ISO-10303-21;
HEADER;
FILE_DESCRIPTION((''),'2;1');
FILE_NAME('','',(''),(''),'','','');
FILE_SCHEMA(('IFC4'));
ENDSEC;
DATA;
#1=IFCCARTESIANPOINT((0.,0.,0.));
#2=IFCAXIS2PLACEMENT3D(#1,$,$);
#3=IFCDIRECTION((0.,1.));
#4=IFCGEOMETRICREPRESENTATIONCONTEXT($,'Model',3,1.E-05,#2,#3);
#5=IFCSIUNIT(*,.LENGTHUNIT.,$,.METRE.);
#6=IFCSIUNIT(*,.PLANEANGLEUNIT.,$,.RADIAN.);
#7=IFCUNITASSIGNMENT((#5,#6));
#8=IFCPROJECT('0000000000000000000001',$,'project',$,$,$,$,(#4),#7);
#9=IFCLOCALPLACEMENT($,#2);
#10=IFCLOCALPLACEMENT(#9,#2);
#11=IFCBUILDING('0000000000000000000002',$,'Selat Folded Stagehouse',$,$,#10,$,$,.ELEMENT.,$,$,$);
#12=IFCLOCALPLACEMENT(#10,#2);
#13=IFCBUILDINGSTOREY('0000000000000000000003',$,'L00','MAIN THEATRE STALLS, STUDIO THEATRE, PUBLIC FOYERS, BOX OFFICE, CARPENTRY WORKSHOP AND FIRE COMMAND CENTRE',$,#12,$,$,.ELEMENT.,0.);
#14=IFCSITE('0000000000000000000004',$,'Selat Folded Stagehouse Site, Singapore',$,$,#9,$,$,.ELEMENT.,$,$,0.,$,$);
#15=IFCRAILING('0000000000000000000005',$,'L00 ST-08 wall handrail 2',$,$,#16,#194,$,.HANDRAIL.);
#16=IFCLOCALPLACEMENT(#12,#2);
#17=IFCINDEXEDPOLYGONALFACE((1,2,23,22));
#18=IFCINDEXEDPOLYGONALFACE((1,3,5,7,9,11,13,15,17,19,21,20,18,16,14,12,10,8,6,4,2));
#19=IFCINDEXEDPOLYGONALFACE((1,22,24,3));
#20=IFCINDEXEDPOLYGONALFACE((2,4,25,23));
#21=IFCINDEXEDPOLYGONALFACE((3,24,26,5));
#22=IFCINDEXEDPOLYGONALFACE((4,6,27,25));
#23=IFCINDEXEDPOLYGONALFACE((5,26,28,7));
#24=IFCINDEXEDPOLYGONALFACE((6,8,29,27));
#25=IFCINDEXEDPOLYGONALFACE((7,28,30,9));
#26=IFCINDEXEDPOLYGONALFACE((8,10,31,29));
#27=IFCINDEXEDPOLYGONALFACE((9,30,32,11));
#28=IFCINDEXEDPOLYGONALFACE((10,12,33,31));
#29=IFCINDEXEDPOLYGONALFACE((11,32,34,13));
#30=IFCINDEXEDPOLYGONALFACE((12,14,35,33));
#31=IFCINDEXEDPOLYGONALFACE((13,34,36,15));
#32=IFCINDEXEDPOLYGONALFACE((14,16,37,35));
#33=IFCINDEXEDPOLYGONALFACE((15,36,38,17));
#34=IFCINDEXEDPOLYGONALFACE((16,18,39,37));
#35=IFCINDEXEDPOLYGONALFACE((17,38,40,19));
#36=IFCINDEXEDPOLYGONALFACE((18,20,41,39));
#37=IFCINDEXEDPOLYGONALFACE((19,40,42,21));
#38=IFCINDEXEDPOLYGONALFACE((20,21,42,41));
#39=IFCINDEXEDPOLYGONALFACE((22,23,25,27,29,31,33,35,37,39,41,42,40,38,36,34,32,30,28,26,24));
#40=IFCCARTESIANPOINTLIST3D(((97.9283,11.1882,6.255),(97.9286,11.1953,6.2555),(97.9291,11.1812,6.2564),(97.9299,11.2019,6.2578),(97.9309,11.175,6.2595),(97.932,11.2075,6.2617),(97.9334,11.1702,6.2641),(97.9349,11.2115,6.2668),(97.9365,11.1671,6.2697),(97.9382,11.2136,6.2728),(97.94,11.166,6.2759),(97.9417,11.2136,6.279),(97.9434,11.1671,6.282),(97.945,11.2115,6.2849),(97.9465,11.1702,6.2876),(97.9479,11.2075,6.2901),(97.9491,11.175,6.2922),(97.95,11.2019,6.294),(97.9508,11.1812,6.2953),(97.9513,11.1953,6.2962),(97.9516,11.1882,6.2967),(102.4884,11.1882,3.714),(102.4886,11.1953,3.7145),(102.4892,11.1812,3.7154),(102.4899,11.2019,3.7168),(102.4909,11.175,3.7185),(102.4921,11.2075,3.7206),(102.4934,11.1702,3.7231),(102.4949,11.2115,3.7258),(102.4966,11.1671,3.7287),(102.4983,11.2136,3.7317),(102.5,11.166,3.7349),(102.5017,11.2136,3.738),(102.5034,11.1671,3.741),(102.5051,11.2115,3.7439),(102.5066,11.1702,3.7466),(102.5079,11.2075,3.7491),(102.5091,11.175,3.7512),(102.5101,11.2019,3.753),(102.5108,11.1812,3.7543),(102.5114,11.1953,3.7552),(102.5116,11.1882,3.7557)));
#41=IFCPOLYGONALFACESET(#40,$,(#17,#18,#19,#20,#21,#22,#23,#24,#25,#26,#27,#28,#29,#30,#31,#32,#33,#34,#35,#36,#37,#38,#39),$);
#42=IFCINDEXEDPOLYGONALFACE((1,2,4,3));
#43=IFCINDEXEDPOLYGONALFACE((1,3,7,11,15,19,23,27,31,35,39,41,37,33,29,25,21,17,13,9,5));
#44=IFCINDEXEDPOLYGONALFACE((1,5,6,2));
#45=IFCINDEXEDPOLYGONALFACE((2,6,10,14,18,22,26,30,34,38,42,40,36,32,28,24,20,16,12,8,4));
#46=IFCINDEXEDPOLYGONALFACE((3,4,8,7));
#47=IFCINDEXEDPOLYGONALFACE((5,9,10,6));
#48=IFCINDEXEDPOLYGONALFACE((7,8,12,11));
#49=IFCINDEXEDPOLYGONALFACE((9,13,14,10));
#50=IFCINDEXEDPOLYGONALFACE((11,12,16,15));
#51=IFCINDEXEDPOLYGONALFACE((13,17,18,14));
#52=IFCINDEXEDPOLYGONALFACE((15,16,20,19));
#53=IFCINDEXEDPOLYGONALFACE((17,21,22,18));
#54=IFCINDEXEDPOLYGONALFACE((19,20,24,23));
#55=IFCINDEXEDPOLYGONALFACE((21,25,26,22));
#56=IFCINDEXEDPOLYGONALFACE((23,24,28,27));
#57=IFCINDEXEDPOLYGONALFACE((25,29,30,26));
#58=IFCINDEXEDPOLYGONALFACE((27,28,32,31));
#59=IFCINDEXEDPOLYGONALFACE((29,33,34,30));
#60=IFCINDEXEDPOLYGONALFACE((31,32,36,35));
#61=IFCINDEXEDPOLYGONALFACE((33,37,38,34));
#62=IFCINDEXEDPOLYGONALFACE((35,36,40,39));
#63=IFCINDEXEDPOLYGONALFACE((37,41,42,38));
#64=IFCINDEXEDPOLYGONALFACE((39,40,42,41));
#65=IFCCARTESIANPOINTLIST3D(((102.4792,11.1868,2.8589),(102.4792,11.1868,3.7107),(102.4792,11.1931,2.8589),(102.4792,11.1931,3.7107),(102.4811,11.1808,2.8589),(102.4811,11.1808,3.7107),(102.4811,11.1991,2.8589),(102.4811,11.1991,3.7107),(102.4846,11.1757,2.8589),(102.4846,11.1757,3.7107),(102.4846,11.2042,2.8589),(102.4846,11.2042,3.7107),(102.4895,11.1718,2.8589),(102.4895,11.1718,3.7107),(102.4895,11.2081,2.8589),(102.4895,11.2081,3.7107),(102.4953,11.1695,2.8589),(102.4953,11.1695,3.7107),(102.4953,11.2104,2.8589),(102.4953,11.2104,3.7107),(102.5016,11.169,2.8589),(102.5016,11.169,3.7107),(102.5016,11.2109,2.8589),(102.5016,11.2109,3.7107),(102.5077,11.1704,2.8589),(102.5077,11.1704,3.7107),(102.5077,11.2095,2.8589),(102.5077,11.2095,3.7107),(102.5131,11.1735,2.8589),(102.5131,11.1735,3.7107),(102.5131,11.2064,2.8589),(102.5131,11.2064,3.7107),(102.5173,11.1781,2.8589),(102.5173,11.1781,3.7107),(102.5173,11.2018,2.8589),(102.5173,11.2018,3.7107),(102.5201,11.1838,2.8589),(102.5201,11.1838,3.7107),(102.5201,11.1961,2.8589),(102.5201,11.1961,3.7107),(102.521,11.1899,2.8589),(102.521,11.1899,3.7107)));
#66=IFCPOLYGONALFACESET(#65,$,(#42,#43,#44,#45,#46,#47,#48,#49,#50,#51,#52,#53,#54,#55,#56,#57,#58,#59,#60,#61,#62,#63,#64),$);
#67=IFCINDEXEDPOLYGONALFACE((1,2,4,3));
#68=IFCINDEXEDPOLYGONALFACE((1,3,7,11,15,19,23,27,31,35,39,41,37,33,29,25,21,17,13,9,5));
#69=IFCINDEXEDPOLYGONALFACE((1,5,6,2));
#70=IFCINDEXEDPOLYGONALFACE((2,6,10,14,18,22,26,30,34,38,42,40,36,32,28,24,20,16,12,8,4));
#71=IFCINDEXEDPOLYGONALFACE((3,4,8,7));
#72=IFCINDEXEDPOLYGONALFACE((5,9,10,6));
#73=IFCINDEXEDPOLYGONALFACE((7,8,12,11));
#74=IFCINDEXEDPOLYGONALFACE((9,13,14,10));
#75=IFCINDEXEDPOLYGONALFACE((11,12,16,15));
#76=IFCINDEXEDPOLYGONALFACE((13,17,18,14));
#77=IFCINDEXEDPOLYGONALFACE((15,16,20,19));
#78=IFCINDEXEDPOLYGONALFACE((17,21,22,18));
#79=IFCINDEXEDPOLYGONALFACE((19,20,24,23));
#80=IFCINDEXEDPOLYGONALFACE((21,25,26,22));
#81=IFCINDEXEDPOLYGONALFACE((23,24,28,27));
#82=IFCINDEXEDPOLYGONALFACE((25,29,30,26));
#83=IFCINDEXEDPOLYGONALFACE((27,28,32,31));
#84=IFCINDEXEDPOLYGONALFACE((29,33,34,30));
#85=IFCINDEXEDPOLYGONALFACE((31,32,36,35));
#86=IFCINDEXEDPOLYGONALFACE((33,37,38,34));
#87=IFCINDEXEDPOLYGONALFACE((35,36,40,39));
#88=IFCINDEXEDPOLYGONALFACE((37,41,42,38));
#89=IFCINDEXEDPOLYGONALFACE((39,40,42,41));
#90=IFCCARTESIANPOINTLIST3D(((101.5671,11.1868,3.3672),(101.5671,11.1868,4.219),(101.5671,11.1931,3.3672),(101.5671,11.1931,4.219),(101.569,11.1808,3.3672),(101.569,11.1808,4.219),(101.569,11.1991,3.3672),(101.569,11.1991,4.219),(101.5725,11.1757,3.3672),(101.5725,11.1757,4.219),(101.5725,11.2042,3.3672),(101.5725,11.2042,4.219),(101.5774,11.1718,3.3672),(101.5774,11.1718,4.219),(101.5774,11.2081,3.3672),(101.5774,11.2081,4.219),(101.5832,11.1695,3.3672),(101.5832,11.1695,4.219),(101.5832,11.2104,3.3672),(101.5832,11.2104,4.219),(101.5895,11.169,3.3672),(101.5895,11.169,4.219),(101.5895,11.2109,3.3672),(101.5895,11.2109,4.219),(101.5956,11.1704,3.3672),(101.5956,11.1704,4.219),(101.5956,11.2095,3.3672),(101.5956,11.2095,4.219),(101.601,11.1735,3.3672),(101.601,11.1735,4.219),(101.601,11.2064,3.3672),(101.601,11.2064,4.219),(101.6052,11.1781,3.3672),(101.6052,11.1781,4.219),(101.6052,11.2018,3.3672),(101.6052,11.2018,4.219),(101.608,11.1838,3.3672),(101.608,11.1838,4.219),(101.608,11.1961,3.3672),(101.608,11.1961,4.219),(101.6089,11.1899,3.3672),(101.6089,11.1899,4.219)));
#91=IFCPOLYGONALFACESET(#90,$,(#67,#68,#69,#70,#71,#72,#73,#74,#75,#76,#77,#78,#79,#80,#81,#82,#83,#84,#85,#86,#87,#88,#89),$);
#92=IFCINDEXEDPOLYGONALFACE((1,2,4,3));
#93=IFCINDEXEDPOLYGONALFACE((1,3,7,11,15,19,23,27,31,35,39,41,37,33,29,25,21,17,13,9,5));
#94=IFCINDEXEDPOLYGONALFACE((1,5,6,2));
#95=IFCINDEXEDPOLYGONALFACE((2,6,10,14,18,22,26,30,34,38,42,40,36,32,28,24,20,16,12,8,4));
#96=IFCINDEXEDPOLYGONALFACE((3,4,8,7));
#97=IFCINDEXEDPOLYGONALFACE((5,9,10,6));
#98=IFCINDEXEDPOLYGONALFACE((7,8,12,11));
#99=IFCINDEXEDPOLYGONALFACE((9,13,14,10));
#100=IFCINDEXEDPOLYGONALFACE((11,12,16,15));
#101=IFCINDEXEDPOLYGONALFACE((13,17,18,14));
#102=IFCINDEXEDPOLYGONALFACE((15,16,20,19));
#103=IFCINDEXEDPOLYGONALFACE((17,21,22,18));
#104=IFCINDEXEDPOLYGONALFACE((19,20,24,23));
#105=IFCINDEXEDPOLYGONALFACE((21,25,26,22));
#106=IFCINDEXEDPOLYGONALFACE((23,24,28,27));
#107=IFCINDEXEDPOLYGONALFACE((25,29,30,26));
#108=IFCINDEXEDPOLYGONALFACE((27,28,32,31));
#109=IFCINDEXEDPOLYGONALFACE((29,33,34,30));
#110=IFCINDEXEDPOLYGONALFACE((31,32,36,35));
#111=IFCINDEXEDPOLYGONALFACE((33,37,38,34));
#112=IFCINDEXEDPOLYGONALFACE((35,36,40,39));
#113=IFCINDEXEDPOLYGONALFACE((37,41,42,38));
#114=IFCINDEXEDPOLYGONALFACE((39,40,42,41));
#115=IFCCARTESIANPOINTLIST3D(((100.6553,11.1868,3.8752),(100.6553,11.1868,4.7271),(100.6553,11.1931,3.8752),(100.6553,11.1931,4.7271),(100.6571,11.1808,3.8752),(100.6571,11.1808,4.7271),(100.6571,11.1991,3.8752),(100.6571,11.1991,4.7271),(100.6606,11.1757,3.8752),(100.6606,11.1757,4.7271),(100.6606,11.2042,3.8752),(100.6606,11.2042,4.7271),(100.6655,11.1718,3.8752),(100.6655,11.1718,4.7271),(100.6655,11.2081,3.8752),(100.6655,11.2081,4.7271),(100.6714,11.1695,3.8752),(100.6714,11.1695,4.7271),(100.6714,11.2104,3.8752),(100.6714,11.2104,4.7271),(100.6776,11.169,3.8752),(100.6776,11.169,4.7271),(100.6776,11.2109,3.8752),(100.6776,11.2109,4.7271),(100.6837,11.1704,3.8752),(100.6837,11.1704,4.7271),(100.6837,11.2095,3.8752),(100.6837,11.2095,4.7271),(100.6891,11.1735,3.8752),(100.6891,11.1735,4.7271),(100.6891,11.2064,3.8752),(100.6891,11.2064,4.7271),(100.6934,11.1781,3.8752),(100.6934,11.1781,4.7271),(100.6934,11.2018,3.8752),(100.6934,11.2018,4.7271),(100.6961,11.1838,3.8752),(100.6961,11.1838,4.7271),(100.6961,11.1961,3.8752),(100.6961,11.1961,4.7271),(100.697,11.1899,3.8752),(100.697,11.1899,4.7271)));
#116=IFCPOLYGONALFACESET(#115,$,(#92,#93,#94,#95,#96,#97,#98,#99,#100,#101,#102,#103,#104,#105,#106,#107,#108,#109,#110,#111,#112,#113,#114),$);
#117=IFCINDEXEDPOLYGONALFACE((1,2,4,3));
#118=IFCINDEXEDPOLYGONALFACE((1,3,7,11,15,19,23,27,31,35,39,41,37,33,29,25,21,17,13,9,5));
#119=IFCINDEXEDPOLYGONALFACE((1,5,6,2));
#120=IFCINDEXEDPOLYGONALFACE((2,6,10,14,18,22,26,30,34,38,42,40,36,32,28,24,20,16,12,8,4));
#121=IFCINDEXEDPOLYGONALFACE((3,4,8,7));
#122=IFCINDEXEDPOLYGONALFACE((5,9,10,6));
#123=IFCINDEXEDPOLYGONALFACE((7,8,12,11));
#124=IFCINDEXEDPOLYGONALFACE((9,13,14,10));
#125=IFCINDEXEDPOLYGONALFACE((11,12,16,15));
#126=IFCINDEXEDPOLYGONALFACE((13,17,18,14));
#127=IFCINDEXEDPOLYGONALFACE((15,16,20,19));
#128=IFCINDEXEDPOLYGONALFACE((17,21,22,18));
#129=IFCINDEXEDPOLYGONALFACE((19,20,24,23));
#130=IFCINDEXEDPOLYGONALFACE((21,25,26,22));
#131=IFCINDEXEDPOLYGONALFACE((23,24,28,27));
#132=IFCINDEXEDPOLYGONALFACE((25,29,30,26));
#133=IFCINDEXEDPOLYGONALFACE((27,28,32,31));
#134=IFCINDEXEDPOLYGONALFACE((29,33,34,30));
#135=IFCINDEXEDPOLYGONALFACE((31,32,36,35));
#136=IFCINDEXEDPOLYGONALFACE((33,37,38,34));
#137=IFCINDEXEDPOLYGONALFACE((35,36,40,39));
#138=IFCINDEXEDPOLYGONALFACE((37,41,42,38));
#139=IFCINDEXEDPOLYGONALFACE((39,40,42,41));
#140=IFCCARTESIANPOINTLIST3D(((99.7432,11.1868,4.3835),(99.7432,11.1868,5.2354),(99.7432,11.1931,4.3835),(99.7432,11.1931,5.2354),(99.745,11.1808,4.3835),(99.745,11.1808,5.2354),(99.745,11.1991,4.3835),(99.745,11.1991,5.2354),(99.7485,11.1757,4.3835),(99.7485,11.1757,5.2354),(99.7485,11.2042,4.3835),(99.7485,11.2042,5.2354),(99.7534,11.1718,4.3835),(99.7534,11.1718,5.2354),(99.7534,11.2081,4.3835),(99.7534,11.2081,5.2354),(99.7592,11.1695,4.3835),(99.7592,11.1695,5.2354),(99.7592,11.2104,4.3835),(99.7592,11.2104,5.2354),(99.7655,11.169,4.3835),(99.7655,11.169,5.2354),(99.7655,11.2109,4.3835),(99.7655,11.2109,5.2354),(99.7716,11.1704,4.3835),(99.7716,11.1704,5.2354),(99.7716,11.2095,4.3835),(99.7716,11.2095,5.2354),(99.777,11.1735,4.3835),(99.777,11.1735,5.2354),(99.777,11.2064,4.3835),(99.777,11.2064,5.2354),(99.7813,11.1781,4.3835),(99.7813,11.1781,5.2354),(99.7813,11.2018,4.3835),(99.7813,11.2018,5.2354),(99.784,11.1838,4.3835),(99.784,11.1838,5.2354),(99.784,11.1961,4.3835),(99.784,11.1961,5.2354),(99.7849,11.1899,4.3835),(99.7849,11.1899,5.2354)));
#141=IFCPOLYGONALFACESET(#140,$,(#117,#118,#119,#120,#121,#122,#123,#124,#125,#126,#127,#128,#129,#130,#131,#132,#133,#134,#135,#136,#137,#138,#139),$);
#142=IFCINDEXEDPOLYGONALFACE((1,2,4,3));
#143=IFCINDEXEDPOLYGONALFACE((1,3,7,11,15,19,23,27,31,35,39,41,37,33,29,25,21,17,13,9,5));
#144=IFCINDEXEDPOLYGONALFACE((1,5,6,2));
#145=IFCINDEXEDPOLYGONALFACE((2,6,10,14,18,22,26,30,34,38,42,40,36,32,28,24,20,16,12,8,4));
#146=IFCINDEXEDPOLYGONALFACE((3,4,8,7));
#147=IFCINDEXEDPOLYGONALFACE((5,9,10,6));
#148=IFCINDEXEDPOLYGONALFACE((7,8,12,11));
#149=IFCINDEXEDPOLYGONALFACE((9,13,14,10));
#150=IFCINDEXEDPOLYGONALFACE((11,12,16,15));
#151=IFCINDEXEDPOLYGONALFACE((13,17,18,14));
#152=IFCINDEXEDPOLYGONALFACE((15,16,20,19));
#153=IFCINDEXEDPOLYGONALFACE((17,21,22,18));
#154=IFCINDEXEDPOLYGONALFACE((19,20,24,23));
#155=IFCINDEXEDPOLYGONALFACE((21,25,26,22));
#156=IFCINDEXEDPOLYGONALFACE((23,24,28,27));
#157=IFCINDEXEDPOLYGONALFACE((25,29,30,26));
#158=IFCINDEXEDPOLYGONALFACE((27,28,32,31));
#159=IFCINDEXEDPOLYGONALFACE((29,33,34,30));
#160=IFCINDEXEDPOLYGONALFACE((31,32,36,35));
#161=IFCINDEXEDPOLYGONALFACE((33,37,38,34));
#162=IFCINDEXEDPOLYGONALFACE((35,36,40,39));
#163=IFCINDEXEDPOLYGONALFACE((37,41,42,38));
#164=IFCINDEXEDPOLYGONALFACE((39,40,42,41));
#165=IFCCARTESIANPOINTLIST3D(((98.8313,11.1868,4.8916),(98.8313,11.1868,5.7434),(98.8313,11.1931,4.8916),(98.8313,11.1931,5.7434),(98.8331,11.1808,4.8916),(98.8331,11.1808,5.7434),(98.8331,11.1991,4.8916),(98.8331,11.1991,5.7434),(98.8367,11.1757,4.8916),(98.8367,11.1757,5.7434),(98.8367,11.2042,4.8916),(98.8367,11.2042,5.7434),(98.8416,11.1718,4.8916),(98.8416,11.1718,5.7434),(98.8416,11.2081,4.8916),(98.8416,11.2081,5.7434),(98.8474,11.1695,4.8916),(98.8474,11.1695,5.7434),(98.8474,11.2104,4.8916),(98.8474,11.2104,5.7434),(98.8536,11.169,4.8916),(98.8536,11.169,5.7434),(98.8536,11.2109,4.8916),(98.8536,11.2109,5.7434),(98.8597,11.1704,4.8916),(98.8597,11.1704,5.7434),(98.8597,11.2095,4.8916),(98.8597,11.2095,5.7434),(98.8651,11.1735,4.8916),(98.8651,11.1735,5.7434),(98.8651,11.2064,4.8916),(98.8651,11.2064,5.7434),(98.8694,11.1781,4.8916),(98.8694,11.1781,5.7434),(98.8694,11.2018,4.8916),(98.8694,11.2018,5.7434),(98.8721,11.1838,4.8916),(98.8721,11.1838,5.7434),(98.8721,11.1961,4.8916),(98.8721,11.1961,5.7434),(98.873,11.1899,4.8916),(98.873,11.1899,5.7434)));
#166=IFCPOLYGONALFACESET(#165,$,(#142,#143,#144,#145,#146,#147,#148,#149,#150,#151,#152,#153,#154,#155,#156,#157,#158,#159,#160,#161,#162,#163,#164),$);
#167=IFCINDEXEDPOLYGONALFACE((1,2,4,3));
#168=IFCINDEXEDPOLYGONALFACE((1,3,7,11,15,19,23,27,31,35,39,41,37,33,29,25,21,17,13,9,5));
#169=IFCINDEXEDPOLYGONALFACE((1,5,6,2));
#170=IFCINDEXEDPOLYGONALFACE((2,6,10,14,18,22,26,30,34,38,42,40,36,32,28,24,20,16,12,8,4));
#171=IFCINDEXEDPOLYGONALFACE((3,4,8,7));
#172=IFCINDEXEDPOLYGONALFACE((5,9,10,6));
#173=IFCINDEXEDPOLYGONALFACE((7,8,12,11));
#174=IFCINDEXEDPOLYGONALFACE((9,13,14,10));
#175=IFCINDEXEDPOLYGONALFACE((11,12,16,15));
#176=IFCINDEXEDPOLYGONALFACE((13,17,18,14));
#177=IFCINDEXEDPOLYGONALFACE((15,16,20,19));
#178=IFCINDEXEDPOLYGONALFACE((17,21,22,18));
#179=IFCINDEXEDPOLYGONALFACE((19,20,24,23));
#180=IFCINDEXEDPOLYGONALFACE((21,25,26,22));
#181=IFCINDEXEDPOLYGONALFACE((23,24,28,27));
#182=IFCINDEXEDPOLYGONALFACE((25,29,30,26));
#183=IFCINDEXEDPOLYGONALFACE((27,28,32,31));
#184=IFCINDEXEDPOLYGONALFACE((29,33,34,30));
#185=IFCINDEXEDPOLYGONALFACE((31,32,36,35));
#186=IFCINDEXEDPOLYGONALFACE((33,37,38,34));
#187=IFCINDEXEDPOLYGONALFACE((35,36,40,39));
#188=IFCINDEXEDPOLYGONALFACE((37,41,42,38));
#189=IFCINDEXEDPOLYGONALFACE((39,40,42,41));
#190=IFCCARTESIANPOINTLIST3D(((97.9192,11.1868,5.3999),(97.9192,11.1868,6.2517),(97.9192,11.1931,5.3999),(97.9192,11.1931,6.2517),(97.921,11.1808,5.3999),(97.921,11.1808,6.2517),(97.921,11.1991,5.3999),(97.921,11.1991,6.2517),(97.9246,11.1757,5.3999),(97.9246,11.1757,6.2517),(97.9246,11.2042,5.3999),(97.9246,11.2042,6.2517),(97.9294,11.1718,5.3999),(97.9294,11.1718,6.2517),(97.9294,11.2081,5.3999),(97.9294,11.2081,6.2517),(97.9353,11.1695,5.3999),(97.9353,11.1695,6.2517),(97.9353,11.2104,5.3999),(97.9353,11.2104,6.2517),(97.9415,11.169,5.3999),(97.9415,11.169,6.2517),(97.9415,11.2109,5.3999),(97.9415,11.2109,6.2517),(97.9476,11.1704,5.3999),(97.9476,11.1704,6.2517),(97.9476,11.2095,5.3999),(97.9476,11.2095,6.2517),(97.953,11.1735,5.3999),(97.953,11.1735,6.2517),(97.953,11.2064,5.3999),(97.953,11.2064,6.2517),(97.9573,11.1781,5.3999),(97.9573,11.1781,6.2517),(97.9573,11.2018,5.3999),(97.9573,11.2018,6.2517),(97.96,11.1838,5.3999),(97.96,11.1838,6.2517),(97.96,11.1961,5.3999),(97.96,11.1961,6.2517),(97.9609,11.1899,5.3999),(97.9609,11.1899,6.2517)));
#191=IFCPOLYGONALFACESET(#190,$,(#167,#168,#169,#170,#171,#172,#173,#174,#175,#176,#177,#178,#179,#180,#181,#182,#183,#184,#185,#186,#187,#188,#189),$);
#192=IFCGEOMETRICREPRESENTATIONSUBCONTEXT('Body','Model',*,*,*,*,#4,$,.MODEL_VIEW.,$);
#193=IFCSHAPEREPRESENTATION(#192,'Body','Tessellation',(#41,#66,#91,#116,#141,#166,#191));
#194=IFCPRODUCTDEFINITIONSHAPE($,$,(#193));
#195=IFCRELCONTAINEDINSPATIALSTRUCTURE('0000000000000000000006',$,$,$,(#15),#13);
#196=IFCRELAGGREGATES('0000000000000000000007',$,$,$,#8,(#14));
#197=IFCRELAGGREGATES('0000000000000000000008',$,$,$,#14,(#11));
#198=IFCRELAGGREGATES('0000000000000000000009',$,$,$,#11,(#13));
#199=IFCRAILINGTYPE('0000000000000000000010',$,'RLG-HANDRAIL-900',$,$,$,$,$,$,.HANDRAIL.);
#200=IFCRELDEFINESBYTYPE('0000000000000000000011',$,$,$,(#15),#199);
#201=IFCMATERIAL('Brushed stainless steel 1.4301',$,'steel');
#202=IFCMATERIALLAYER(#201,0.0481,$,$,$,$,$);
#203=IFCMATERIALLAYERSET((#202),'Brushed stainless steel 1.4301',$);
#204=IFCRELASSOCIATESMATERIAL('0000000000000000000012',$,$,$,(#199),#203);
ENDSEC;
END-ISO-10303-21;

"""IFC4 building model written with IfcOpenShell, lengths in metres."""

from ifc_helpers import new_model, si_unit, direction, frame, origin, origin_2d, place, context, subcontext, project, spatial, circle, extrude, material, layer, layer_set, type_object, element, save


model = new_model("IFC4")

# Units and contexts
model_context = context("Model", 3, precision=1e-05, world=origin(), true_north=direction((0.0, 1.0)))
body_context = subcontext(model_context, "Body", "Model", "MODEL_VIEW")
ifc_project = project(units=[si_unit("LENGTHUNIT", "METRE"), si_unit("PLANEANGLEUNIT", "RADIAN")], contexts=[model_context])

# Site, building, storey
site_placement = place(None, origin())
site = spatial("IfcSite", under=ifc_project, at=site_placement, Name="Selat Folded Stagehouse Site, Singapore", CompositionType="ELEMENT", RefElevation=0.0)
building_placement = place(site_placement, origin())
building = spatial("IfcBuilding", under=site, at=building_placement, Name="Selat Folded Stagehouse", CompositionType="ELEMENT")
storey_placement = place(building_placement, origin())
storey = spatial("IfcBuildingStorey", under=building, at=storey_placement, Name="L00", Description="MAIN THEATRE STALLS, STUDIO THEATRE, PUBLIC FOYERS, BOX OFFICE, CARPENTRY WORKSHOP AND FIRE COMMAND CENTRE", CompositionType="ELEMENT", Elevation=0.0)

# Railing
ifc_material_1 = material(Name="Brushed stainless steel 1.4301", Category="steel")
ifc_layer_1 = layer(ifc_material_1, 0.0481)
ifc_layer_set_1 = layer_set([ifc_layer_1], Name="Brushed stainless steel 1.4301")
railing_type_1 = type_object("IfcRailingType", Name="RLG-HANDRAIL-900", PredefinedType="HANDRAIL", material=ifc_layer_set_1)
railing_1_placement = place(storey_placement, frame((102.5, 11.1899, 2.8589)))
element("IfcRailing", 1, at=railing_1_placement, inside=storey, type_object=railing_type_1, Name="L00 ST-08 wall handrail 2", PredefinedType="HANDRAIL", context=body_context, shape_type="SweptSolid", body=[
    extrude(circle(Radius=0.0239, at=origin_2d()), frame((0.0, 0.0, 0.876), z_axis=(-0.873534, 0.0, 0.486762), x_axis=(0.0, -1.0, 0.0)), (0.0, 0.0, 1.0), 5.2202),
    extrude(circle(Radius=0.021, at=origin_2d()), origin(), (0.0, 0.0, 1.0), 0.8518),
    extrude(circle(Radius=0.021, at=origin_2d()), frame((-0.9121, 0.0, 0.5083)), (0.0, 0.0, 1.0), 0.8518),
    extrude(circle(Radius=0.021, at=origin_2d()), frame((-1.824, 0.0, 1.0164)), (0.0, 0.0, 1.0), 0.8518),
    extrude(circle(Radius=0.021, at=origin_2d()), frame((-2.7361, 0.0, 1.5247)), (0.0, 0.0, 1.0), 0.8518),
    extrude(circle(Radius=0.021, at=origin_2d()), frame((-3.6479, 0.0, 2.0327)), (0.0, 0.0, 1.0), 0.8518),
    extrude(circle(Radius=0.021, at=origin_2d()), frame((-4.5601, 0.0, 2.541)), (0.0, 0.0, 1.0), 0.8518),
])

save(model, "model.ifc")
